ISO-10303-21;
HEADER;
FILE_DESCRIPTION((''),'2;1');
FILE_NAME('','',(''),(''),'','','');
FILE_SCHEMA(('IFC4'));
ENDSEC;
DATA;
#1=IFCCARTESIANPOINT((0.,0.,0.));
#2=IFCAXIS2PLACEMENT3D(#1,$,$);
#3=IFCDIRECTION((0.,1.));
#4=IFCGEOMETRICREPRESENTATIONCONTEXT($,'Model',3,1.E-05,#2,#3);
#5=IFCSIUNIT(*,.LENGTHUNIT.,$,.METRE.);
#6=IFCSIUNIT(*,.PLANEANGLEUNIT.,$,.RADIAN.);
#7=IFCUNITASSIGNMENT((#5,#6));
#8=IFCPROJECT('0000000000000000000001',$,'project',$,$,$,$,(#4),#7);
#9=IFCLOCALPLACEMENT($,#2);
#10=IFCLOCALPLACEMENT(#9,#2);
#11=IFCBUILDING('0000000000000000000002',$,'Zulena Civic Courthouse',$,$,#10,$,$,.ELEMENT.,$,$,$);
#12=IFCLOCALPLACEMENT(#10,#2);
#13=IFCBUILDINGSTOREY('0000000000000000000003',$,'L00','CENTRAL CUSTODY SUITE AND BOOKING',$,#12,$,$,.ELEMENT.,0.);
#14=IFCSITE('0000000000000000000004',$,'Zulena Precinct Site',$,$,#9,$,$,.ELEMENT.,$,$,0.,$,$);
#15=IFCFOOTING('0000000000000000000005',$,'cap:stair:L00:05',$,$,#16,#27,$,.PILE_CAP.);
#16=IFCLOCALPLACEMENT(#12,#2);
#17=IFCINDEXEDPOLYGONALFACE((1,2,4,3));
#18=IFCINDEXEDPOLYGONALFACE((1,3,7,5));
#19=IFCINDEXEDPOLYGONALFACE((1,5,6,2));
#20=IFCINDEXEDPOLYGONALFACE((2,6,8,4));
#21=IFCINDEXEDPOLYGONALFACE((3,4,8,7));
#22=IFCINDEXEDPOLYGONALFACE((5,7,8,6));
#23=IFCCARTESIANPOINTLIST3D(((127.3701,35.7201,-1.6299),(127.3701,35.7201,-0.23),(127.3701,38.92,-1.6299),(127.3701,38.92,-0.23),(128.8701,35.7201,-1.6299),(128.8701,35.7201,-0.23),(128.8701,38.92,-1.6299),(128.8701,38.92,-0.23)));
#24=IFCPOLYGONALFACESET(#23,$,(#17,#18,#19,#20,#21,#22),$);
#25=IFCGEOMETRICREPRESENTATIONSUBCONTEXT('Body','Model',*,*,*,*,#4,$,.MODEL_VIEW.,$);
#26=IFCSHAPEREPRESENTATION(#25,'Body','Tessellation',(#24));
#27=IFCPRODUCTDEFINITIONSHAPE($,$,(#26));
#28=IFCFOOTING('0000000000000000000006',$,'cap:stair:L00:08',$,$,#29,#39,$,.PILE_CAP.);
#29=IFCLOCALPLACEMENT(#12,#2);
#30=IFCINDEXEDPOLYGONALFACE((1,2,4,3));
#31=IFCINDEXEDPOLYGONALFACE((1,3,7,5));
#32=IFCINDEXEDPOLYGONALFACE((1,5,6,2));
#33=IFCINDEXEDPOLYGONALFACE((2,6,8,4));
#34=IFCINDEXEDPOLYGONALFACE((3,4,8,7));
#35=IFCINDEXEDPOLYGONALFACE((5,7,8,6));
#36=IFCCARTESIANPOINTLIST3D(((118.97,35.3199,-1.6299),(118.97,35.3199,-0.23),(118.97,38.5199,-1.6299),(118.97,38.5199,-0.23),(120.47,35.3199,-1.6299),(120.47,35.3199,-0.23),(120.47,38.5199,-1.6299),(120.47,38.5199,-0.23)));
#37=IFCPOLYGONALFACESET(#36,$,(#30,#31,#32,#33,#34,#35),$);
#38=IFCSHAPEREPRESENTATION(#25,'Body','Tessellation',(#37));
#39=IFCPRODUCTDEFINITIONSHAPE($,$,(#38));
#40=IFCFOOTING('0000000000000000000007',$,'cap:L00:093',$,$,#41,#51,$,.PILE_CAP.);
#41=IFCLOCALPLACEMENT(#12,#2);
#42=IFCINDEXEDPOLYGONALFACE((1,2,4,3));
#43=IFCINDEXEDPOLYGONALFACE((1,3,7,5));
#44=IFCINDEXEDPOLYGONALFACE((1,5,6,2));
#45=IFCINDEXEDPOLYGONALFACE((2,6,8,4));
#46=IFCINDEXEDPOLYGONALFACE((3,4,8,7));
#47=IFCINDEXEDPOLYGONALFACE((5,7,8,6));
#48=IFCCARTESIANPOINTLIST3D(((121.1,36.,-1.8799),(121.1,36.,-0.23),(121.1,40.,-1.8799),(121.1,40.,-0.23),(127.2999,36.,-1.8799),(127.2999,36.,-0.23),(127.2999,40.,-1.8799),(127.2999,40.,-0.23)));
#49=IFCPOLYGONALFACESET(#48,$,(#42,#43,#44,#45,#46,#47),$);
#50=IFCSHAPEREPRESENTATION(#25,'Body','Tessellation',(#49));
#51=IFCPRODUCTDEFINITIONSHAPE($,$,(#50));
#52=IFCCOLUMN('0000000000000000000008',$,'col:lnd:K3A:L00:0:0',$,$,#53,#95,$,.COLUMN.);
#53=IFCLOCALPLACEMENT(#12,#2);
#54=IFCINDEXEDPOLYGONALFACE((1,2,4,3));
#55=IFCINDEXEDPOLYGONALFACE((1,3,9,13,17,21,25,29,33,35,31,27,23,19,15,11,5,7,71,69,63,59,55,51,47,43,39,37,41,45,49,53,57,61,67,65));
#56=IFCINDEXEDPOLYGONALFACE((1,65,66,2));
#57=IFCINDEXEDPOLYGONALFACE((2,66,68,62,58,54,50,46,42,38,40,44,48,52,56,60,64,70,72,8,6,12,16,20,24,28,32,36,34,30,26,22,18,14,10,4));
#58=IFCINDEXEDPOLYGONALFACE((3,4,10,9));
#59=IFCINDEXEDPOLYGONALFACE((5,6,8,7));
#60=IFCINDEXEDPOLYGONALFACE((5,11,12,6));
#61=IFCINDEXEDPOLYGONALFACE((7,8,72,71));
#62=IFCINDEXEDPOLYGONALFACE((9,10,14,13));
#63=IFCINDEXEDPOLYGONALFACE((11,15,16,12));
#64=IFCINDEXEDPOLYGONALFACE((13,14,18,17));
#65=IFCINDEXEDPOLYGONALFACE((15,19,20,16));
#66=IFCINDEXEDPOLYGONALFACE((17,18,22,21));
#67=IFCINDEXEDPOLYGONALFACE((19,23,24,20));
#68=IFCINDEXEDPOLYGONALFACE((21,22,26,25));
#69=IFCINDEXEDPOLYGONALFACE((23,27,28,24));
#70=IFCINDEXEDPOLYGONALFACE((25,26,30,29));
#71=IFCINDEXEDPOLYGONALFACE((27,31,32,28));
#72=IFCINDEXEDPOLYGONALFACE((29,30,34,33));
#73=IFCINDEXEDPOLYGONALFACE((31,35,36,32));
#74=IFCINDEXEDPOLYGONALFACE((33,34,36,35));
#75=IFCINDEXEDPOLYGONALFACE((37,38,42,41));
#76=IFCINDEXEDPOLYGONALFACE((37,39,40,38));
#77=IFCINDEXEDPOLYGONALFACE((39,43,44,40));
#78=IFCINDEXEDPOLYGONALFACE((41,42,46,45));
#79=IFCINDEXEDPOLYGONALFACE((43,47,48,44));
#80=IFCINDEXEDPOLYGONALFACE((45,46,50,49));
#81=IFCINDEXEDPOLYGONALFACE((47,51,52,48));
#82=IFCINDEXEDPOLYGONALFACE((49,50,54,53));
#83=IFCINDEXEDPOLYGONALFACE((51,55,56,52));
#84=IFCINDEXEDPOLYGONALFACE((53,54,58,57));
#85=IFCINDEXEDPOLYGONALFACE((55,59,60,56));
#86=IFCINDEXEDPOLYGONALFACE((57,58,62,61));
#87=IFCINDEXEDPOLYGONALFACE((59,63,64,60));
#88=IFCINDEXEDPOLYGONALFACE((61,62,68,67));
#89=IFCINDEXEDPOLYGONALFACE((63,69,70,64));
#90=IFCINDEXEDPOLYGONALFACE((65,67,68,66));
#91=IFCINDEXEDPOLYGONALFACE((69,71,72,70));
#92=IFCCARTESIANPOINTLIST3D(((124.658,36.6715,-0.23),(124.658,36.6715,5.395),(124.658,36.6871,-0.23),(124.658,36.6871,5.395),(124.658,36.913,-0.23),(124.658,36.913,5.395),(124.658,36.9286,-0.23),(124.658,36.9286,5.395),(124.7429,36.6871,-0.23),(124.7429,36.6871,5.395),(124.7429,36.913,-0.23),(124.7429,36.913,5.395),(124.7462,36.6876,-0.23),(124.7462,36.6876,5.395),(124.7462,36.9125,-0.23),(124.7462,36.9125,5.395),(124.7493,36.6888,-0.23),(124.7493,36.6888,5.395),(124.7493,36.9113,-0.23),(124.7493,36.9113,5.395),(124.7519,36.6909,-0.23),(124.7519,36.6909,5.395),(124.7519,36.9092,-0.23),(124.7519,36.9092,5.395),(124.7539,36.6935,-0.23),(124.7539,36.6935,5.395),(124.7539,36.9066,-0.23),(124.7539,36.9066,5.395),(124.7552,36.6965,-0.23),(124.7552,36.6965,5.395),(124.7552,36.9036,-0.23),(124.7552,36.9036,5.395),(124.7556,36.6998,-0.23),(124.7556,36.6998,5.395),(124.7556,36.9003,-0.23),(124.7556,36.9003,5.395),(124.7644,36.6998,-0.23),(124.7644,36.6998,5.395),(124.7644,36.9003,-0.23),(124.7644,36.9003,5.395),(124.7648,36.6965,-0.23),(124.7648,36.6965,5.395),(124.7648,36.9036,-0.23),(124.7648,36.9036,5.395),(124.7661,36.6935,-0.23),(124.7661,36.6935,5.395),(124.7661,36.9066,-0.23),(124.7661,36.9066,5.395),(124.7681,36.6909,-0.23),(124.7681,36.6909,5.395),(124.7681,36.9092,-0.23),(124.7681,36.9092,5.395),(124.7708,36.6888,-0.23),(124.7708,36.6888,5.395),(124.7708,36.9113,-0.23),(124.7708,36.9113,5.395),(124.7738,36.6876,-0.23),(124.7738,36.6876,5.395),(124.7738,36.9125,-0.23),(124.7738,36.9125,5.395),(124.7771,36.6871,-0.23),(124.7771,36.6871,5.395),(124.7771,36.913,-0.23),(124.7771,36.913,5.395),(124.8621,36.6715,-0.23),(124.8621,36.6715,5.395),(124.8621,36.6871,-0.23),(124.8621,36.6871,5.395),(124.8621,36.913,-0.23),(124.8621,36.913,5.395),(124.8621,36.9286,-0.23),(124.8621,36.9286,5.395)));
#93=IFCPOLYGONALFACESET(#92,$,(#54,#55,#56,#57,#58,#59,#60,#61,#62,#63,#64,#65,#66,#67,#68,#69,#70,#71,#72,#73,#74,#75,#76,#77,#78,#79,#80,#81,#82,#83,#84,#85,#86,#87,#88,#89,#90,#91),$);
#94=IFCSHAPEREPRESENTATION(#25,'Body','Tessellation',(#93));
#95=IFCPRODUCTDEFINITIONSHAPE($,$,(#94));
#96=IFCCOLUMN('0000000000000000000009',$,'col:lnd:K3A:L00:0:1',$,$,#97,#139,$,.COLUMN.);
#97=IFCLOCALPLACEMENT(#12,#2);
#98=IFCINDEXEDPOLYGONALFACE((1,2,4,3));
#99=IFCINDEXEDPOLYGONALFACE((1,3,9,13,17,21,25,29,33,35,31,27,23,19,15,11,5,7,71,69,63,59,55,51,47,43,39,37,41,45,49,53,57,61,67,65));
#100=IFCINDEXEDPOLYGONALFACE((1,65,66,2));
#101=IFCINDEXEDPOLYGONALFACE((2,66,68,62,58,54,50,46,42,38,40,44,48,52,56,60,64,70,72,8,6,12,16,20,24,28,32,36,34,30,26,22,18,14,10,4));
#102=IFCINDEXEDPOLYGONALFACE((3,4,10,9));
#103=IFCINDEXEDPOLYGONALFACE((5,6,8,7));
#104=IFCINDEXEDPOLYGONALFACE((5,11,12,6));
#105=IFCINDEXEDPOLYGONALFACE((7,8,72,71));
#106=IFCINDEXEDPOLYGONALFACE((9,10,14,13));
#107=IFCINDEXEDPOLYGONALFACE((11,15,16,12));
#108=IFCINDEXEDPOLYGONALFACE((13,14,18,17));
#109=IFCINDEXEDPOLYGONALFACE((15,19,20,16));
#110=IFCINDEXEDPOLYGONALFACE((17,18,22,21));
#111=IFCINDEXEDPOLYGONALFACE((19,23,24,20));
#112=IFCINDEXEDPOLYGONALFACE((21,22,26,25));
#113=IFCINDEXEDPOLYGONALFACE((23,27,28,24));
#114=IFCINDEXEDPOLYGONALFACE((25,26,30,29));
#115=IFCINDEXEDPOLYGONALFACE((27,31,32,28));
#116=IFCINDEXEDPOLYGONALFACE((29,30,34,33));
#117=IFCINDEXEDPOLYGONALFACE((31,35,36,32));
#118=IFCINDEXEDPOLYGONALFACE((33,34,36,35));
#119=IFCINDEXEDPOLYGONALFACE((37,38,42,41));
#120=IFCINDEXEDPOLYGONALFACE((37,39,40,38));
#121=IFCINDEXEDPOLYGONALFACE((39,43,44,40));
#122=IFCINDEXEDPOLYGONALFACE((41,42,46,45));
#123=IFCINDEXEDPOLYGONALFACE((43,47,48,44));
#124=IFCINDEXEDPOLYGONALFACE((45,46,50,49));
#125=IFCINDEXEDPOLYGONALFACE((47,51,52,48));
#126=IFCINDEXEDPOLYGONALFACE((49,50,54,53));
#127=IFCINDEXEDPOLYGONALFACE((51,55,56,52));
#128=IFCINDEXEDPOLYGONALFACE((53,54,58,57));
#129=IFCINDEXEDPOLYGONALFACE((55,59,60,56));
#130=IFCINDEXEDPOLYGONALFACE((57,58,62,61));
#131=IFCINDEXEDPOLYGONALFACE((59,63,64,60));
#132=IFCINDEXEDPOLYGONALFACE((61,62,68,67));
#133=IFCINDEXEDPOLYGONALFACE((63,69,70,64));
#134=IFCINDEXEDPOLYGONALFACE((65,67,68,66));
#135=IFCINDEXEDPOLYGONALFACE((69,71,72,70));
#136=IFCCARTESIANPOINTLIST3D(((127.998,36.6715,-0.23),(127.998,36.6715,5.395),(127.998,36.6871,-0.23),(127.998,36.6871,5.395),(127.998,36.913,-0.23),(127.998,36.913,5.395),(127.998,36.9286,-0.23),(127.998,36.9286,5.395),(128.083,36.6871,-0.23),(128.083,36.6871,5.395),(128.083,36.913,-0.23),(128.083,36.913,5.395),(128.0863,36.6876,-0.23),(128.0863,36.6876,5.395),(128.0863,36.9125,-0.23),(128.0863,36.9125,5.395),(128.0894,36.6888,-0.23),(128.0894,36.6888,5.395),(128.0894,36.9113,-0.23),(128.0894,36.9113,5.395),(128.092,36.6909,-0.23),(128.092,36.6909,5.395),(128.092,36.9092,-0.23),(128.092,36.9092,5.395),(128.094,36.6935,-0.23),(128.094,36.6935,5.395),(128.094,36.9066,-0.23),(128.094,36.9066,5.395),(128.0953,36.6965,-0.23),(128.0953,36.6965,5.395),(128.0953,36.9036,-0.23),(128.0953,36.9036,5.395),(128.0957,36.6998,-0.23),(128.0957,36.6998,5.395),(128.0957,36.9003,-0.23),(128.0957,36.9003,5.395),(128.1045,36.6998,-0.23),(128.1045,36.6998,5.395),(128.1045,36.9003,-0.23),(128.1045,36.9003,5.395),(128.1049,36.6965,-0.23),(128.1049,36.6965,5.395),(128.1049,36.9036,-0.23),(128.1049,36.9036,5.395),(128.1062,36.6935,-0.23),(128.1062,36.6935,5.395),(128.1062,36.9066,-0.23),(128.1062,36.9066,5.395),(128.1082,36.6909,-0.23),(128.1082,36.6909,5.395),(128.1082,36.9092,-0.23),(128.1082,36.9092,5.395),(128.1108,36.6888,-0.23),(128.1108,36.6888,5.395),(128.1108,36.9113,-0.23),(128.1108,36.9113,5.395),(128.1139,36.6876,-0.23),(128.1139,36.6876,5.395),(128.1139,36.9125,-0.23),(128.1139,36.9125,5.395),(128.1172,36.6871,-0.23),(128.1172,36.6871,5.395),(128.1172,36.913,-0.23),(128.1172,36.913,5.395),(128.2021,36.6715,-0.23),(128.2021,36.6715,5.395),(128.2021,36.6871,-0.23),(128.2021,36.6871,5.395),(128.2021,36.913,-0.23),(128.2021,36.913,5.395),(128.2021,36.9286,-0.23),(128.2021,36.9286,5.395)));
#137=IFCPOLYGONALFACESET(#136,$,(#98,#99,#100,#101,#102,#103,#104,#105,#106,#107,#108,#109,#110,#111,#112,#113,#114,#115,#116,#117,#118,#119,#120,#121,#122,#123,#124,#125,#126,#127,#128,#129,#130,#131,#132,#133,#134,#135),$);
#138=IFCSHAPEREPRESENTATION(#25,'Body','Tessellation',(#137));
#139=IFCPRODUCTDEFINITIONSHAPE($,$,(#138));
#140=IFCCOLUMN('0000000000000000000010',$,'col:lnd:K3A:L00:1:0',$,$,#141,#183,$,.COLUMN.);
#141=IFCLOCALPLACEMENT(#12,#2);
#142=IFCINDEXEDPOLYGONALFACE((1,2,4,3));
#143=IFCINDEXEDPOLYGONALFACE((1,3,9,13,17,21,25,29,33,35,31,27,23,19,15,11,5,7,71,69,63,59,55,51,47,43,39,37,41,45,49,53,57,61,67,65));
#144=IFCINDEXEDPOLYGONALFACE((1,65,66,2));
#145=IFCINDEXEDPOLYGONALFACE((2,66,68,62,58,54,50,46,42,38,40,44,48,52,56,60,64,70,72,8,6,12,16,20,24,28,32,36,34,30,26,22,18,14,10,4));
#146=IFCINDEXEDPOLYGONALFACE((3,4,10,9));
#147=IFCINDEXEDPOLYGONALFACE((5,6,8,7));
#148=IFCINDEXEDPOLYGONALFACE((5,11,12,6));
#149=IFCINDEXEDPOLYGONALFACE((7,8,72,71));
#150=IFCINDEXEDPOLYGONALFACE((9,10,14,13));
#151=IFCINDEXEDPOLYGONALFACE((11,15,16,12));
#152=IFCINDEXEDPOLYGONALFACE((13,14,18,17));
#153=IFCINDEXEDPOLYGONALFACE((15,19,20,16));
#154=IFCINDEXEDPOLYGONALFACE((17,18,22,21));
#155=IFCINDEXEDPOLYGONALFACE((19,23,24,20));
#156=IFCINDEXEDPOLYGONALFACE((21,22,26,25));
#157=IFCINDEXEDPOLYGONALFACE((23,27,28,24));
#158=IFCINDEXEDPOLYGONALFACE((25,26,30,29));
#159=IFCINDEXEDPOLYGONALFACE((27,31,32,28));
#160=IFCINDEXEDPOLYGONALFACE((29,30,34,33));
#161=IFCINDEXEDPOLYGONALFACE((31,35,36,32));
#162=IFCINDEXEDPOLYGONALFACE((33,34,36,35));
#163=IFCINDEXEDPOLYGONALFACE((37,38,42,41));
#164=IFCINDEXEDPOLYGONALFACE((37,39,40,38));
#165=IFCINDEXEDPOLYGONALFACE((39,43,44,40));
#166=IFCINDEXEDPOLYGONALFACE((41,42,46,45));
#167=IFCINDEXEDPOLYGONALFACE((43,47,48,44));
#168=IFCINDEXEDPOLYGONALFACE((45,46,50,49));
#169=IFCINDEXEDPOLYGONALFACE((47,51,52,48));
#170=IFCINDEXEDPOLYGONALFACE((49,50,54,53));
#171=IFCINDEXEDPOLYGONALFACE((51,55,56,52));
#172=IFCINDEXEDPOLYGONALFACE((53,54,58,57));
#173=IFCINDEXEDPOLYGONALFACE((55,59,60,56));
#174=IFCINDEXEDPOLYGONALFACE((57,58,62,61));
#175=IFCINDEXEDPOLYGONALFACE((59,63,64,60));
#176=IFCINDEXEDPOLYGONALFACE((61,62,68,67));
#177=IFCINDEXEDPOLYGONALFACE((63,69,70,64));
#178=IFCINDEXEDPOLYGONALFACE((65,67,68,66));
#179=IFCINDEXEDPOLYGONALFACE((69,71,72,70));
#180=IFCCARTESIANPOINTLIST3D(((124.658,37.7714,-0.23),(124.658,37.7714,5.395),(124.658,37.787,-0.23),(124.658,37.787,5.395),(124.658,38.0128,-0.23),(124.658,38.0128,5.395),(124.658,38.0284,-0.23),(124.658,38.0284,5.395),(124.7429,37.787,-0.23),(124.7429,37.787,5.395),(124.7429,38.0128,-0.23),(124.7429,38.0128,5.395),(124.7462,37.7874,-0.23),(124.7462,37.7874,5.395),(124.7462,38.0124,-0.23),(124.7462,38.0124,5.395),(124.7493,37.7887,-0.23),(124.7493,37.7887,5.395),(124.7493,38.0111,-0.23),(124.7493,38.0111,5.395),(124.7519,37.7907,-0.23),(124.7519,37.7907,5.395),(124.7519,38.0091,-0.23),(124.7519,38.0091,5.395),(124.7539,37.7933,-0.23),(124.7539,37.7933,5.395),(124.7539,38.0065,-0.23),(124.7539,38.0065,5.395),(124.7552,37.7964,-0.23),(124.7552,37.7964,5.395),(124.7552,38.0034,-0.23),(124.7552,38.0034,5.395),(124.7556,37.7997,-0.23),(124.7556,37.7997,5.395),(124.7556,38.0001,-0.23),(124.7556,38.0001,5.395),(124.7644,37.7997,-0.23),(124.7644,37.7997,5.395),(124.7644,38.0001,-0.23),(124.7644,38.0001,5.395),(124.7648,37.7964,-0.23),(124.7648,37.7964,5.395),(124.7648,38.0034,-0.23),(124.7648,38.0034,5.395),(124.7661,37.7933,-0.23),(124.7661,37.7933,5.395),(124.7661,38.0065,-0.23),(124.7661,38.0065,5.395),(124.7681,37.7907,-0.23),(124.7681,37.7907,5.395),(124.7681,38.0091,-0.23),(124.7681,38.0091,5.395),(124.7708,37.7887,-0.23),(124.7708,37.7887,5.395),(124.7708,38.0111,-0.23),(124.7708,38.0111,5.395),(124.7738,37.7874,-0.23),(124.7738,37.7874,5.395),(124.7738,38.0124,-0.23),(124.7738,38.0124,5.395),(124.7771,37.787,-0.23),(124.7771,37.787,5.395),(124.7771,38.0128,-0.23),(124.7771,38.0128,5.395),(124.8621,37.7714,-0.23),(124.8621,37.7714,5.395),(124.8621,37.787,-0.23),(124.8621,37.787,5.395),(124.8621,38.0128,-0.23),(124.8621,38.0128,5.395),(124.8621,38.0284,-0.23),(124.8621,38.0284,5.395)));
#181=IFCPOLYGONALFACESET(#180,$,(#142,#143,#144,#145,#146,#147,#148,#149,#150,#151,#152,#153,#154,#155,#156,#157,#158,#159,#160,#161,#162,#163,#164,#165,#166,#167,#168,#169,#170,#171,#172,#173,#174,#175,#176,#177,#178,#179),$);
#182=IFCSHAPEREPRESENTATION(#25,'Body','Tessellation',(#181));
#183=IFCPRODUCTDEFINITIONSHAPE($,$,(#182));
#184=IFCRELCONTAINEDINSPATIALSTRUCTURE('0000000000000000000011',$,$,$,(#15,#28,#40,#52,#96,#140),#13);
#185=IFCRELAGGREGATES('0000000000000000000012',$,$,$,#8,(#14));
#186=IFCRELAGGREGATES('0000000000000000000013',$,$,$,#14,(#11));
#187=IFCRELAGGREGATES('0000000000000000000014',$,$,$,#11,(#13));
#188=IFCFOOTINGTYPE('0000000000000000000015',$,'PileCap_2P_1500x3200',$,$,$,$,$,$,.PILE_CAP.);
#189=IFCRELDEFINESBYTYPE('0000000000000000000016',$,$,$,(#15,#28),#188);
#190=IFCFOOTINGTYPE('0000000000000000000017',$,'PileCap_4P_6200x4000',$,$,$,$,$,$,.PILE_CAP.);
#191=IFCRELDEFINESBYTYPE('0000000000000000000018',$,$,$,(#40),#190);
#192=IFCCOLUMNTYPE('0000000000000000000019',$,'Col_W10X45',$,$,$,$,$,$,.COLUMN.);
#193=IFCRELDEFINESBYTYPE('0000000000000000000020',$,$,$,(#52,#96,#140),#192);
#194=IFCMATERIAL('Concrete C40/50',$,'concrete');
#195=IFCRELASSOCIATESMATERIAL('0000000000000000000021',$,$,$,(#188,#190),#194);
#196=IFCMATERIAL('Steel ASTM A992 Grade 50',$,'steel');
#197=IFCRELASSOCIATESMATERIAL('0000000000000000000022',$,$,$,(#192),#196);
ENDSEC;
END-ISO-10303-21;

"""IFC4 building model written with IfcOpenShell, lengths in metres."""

from ifc_helpers import new_model, si_unit, direction, frame, origin, origin_2d, place, context, subcontext, project, spatial, rectangle, i_section, extrude, material, material_profile, profile_set, type_object, element, save


model = new_model("IFC4")

# Units and contexts
model_context = context("Model", 3, precision=1e-05, world=origin(), true_north=direction((0.0, 1.0)))
body_context = subcontext(model_context, "Body", "Model", "MODEL_VIEW")
ifc_project = project(units=[si_unit("LENGTHUNIT", "METRE"), si_unit("PLANEANGLEUNIT", "RADIAN")], contexts=[model_context])

# Site, building, storey
site_placement = place(None, origin())
site = spatial("IfcSite", under=ifc_project, at=site_placement, Name="Zulena Precinct Site", CompositionType="ELEMENT", RefElevation=0.0)
building_placement = place(site_placement, origin())
building = spatial("IfcBuilding", under=site, at=building_placement, Name="Zulena Civic Courthouse", CompositionType="ELEMENT")
storey_placement = place(building_placement, origin())
storey = spatial("IfcBuildingStorey", under=building, at=storey_placement, Name="L00", Description="CENTRAL CUSTODY SUITE AND BOOKING", CompositionType="ELEMENT", Elevation=0.0)

# Shared definitions
ifc_material_1 = material(Name="Concrete C40/50", Category="concrete")

# Footings
footing_type_1 = type_object("IfcFootingType", Name="PileCap_2P_1500x3200", PredefinedType="PILE_CAP", material=ifc_material_1)
for number, where, z_axis, x_axis, name in (
    (1, (128.1201, 37.3201, -1.6299), (0.0, 0.0, 1.0), (1.0, 0.0, 0.0), "cap:stair:L00:05"),
    (2, (119.72, 36.9199, -1.6299), (0.0, 0.0, 1.0), (1.0, 0.0, 0.0), "cap:stair:L00:08"),
):
    element("IfcFooting", number, at=place(storey_placement, frame(where, z_axis=z_axis, x_axis=x_axis)), inside=storey, type_object=footing_type_1, Name=name, PredefinedType="PILE_CAP", context=body_context, shape_type="SweptSolid", body=[
        extrude(rectangle(XDim=1.5, YDim=3.2, at=origin_2d()), origin(), (0.0, 0.0, 1.0), 1.3999),
    ])
footing_type_2 = type_object("IfcFootingType", Name="PileCap_4P_6200x4000", PredefinedType="PILE_CAP", material=ifc_material_1)
footing_1_placement = place(storey_placement, frame((124.2, 38.0, -1.8799), z_axis=(0.0, 0.0, 1.0), x_axis=(1.0, 0.0, 0.0)))
element("IfcFooting", 3, at=footing_1_placement, inside=storey, type_object=footing_type_2, Name="cap:L00:093", PredefinedType="PILE_CAP", context=body_context, shape_type="SweptSolid", body=[
    extrude(rectangle(XDim=6.2, YDim=4.0, at=origin_2d()), origin(), (0.0, 0.0, 1.0), 1.6499),
])

# Columns
ifc_material_2 = material(Name="Steel ASTM A992 Grade 50", Category="steel")
ifc_material_profile_1 = material_profile(ifc_material_2, i_section(OverallWidth=0.2041, OverallDepth=0.2571, WebThickness=0.0088, FlangeThickness=0.0156, FilletRadius=0.0127, at=origin_2d()), Name="W10X45")
ifc_profile_set_1 = profile_set([ifc_material_profile_1], Name="Steel ASTM A992 Grade 50")
column_type_1 = type_object("IfcColumnType", Name="Col_W10X45", PredefinedType="COLUMN", material=ifc_profile_set_1)
for number, where, z_axis, x_axis, name in (
    (4, (124.76, 36.8, -0.23), (0.0, 0.0, 1.0), (1.0, 0.0, 0.0), "col:lnd:K3A:L00:0:0"),
    (5, (128.1001, 36.8, -0.23), (0.0, 0.0, 1.0), (1.0, 0.0, 0.0), "col:lnd:K3A:L00:0:1"),
    (6, (124.76, 37.8999, -0.23), (0.0, 0.0, 1.0), (1.0, 0.0, 0.0), "col:lnd:K3A:L00:1:0"),
):
    element("IfcColumn", number, at=place(storey_placement, frame(where, z_axis=z_axis, x_axis=x_axis)), inside=storey, type_object=column_type_1, Name=name, PredefinedType="COLUMN", context=body_context, shape_type="SweptSolid", body=[
        extrude(i_section(OverallWidth=0.2041, OverallDepth=0.2571, WebThickness=0.0088, FlangeThickness=0.0156, FilletRadius=0.0127, at=origin_2d()), origin(), (0.0, 0.0, 1.0), 5.625),
    ])

save(model, "model.ifc")
